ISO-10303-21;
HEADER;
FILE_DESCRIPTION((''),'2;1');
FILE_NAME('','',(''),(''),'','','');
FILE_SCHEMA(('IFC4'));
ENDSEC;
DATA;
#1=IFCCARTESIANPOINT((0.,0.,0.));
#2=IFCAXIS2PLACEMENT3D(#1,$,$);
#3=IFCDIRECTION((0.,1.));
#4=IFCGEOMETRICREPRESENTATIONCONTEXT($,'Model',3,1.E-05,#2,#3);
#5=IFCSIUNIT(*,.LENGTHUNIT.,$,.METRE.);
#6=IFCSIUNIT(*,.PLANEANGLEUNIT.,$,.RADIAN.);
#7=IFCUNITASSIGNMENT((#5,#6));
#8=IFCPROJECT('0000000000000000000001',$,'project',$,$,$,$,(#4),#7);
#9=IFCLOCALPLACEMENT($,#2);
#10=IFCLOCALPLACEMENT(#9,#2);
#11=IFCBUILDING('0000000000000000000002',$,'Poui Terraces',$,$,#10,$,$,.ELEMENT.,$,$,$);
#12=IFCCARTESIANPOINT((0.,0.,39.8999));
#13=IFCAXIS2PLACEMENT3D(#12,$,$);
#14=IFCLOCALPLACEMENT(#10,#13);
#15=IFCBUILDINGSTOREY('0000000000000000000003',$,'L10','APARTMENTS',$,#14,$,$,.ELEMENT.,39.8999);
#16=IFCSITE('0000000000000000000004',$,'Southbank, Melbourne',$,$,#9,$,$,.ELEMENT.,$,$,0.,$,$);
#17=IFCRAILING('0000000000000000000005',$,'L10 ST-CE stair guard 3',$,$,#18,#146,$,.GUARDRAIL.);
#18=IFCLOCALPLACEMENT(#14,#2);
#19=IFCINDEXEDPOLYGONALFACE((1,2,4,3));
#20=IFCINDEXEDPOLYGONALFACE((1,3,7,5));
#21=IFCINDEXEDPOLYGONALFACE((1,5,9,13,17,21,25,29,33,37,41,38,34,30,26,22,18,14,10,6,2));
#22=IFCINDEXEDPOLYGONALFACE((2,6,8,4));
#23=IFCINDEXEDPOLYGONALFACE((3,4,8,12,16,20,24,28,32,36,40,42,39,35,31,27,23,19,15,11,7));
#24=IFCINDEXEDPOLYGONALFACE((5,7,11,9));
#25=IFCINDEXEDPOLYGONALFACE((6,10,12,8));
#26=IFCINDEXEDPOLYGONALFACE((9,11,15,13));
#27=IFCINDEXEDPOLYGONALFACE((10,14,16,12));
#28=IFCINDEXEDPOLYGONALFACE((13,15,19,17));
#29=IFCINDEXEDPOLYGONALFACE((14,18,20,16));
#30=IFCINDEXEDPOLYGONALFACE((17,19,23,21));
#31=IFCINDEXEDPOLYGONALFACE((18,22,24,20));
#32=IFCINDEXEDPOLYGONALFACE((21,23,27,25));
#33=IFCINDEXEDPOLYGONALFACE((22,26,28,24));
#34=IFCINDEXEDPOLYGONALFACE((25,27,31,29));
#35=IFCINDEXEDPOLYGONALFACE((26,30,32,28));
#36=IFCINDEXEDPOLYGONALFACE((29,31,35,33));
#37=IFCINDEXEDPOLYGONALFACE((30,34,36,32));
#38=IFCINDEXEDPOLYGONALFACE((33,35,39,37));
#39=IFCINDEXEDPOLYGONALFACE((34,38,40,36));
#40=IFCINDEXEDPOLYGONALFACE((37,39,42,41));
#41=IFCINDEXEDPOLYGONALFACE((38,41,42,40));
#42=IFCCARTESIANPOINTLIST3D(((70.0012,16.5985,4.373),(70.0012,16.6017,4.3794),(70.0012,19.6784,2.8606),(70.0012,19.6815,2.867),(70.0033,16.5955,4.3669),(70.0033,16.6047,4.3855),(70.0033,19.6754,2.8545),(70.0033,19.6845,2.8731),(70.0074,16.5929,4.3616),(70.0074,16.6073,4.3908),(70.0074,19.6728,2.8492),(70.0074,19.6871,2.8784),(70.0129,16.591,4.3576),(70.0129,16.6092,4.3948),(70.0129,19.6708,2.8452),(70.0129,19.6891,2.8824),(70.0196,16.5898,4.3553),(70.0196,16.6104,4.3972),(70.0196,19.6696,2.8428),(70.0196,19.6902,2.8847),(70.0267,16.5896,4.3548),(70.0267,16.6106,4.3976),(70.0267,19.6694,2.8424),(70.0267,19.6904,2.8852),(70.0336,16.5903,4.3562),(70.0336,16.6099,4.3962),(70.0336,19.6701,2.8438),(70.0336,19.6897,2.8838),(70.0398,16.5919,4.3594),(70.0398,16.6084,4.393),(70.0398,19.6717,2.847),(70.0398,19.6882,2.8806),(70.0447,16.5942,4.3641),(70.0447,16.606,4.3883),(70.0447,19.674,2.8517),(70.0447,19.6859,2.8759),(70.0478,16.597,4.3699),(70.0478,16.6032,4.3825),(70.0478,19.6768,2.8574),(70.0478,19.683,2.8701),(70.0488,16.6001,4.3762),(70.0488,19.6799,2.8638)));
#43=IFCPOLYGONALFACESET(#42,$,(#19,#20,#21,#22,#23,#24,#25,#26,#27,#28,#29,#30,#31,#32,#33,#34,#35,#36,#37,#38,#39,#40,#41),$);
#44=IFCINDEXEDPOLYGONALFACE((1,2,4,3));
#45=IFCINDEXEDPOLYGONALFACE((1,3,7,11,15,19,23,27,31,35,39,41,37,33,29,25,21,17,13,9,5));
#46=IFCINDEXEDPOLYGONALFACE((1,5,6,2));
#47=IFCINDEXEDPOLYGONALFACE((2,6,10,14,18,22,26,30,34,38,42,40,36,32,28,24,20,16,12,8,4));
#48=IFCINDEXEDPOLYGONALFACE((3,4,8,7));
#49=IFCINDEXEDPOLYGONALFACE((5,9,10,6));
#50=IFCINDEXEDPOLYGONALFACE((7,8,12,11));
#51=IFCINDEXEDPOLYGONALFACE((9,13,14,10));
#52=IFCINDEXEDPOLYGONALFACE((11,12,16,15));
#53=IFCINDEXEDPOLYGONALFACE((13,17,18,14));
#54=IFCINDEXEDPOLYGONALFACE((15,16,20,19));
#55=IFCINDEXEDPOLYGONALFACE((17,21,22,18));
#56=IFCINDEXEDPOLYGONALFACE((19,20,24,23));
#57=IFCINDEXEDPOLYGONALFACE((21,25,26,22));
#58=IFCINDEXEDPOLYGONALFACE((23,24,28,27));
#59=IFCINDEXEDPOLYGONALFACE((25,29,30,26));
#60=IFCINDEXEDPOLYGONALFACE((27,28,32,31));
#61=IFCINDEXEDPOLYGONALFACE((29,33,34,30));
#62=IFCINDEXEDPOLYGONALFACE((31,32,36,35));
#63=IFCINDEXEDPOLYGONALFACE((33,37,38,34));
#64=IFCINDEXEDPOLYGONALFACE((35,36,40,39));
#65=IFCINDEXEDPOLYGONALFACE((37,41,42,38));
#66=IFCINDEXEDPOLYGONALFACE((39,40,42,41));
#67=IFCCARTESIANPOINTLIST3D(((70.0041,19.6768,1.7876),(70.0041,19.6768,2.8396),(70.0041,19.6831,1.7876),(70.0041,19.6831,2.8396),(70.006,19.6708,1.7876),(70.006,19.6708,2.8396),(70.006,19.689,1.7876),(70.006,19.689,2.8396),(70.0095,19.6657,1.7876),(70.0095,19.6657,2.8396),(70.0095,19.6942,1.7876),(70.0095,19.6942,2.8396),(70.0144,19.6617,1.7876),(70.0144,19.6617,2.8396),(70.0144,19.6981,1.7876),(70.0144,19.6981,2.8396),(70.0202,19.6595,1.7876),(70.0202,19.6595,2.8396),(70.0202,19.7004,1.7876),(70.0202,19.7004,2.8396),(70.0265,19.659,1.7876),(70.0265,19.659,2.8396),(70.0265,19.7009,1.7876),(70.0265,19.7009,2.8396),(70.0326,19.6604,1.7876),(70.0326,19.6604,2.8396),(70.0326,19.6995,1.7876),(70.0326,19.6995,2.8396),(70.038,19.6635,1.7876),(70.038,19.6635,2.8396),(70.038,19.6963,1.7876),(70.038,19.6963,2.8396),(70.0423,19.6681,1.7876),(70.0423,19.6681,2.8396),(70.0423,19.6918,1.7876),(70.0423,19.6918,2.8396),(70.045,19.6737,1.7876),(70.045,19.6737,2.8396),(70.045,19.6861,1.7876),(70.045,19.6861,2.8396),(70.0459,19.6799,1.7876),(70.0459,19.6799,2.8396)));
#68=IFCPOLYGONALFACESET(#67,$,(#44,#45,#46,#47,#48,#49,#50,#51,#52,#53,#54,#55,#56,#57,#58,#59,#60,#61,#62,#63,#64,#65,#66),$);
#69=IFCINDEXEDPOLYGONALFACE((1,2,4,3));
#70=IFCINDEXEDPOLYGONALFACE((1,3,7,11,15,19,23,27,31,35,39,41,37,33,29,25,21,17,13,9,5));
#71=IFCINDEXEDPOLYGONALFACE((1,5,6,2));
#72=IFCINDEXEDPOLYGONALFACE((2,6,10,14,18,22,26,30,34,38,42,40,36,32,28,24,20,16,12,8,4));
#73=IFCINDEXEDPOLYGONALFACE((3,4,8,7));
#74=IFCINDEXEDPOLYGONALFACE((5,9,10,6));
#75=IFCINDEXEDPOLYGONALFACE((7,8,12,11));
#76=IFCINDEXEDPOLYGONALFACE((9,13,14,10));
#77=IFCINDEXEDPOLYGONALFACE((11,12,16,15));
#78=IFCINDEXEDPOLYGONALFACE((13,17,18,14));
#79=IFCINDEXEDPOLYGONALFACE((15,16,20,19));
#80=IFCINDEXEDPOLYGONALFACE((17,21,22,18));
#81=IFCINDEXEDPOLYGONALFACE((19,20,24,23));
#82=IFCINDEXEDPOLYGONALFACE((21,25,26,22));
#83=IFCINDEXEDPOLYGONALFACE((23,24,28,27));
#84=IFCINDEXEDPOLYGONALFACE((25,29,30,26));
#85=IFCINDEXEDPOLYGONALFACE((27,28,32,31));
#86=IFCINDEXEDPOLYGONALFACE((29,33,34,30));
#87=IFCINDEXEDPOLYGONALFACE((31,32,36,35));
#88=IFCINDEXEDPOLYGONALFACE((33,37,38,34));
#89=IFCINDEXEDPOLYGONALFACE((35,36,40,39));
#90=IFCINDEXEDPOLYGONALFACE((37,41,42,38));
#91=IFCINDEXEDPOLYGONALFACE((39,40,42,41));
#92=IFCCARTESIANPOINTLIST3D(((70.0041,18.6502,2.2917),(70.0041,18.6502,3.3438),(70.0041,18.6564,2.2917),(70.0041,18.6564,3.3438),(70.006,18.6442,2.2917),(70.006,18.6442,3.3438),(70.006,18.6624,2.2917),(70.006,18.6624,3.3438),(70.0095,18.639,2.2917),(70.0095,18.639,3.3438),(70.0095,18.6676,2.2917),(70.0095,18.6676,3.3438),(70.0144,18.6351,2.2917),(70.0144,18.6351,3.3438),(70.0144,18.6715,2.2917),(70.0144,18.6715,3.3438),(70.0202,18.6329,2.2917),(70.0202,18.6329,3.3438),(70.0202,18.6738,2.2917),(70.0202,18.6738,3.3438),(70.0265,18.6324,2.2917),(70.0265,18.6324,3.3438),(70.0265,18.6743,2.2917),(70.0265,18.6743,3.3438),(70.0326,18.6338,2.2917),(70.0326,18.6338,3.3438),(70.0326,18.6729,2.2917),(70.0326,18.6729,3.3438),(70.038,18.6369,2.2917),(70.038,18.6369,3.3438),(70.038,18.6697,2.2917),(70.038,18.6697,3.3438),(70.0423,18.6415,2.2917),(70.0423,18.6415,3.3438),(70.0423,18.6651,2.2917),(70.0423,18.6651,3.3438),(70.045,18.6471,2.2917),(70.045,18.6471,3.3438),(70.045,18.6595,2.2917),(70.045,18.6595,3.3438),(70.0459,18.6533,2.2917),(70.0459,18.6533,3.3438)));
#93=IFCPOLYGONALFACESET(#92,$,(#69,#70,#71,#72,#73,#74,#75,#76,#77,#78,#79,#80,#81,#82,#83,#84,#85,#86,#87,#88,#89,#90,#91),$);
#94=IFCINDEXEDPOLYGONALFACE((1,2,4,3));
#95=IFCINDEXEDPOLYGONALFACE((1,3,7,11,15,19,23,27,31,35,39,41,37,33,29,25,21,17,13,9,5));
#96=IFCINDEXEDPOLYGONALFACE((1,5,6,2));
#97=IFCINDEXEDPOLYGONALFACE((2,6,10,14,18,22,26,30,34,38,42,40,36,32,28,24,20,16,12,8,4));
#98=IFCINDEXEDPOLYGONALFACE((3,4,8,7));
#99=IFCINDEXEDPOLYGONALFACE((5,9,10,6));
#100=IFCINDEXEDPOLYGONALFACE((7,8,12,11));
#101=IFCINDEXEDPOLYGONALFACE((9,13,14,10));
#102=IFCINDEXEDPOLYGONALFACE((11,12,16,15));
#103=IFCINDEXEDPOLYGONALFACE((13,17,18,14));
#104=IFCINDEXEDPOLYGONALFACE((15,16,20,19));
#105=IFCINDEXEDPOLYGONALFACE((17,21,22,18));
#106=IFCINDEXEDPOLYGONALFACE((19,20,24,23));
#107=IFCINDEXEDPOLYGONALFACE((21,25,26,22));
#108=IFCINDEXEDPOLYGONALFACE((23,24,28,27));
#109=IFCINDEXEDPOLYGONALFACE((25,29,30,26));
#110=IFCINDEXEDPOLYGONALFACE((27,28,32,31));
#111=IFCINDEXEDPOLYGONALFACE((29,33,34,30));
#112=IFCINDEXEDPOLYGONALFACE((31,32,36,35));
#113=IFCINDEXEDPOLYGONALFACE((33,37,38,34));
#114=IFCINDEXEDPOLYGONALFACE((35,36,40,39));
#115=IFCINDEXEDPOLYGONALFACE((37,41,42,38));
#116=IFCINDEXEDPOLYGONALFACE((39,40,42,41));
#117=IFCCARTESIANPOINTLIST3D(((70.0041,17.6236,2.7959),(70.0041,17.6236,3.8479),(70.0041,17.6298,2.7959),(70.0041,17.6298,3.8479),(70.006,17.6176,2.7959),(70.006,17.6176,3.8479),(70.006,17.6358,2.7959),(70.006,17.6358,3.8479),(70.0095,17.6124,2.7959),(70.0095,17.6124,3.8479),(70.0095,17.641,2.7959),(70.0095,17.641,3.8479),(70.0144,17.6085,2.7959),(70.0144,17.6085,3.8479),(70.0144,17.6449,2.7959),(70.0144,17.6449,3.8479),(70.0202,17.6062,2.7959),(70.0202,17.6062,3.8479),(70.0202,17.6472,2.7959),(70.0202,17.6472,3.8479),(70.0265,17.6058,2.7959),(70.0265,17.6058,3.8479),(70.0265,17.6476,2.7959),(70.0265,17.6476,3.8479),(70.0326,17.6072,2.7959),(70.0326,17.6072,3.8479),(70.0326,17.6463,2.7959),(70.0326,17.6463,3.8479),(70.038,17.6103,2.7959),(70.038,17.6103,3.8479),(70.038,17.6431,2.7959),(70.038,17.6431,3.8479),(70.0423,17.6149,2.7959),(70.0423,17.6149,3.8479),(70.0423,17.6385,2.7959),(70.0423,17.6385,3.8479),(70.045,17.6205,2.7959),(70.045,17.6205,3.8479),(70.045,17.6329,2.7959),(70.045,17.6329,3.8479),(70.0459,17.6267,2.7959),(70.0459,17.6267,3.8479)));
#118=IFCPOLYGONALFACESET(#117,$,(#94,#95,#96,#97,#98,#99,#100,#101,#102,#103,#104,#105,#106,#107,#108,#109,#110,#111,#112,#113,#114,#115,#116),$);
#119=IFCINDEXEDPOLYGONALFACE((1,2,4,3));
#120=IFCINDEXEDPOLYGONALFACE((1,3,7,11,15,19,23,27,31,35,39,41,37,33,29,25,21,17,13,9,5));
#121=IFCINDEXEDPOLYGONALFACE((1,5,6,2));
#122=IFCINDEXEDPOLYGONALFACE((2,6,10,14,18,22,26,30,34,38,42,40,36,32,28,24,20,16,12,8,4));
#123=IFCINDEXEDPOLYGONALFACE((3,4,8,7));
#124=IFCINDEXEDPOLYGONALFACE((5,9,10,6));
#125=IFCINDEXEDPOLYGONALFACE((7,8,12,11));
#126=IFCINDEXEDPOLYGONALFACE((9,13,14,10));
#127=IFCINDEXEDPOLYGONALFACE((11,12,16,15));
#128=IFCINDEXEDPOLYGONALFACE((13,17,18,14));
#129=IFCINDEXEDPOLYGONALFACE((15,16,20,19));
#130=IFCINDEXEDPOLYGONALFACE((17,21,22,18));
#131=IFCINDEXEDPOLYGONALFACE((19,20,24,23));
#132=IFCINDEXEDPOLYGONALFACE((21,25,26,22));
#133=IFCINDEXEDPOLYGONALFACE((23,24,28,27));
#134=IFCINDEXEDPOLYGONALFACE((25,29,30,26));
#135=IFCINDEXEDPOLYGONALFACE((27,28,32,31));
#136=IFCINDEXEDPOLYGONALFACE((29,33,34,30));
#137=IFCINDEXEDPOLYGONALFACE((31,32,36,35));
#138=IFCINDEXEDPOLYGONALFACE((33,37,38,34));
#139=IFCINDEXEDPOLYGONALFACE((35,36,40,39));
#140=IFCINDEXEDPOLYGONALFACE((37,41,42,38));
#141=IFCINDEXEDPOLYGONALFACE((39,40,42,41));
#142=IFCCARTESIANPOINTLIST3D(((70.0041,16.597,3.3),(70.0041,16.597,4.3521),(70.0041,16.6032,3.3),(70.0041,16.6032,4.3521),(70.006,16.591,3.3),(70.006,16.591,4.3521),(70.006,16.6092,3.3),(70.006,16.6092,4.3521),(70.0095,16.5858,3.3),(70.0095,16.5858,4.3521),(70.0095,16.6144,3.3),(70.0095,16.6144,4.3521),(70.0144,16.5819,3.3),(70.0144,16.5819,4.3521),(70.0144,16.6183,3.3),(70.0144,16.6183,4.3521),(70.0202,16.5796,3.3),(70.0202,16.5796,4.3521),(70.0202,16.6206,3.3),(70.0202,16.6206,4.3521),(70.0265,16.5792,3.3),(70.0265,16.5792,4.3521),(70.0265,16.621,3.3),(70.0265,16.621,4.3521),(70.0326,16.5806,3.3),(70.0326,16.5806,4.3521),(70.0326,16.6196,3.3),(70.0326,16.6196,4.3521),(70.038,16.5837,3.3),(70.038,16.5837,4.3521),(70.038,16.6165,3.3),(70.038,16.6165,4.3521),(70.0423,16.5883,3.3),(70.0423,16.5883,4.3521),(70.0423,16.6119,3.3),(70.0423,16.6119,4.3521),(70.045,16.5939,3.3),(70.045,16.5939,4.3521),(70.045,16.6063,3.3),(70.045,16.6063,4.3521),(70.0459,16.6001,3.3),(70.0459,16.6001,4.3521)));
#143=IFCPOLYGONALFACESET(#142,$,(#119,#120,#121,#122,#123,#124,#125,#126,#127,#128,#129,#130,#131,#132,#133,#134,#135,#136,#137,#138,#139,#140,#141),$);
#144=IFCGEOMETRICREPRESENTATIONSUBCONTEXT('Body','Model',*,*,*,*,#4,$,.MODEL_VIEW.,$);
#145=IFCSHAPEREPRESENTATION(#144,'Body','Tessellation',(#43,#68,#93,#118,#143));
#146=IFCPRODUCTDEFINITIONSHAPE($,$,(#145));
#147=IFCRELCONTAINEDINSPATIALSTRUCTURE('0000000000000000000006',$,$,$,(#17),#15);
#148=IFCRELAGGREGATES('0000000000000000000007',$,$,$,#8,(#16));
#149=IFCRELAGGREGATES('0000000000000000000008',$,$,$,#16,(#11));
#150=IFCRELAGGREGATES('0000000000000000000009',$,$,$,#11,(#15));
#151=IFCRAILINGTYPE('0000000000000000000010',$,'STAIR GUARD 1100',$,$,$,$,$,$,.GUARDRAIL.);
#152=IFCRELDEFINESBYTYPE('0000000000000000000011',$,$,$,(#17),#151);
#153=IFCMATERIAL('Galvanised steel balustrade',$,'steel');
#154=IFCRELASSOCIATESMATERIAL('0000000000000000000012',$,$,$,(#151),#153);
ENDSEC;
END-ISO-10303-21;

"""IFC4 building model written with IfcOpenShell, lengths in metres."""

from ifc_helpers import new_model, si_unit, direction, frame, origin, origin_2d, place, context, subcontext, project, spatial, circle, extrude, material, type_object, element, save


model = new_model("IFC4")

# Units and contexts
model_context = context("Model", 3, precision=1e-05, world=origin(), true_north=direction((0.0, 1.0)))
body_context = subcontext(model_context, "Body", "Model", "MODEL_VIEW")
ifc_project = project(units=[si_unit("LENGTHUNIT", "METRE"), si_unit("PLANEANGLEUNIT", "RADIAN")], contexts=[model_context])

# Site, building, storey
site_placement = place(None, origin())
site = spatial("IfcSite", under=ifc_project, at=site_placement, Name="Southbank, Melbourne", CompositionType="ELEMENT", RefElevation=0.0)
building_placement = place(site_placement, origin())
building = spatial("IfcBuilding", under=site, at=building_placement, Name="Poui Terraces", CompositionType="ELEMENT")
storey_placement = place(building_placement, frame((0.0, 0.0, 39.8999)))
storey = spatial("IfcBuildingStorey", under=building, at=storey_placement, Name="L10", Description="APARTMENTS", CompositionType="ELEMENT", Elevation=39.8999)

# Railing
ifc_material_1 = material(Name="Galvanised steel balustrade", Category="steel")
railing_type_1 = type_object("IfcRailingType", Name="STAIR GUARD 1100", PredefinedType="GUARDRAIL", material=ifc_material_1)
railing_1_placement = place(storey_placement, frame((70.0249, 19.6799, 1.7876)))
element("IfcRailing", 1, at=railing_1_placement, inside=storey, type_object=railing_type_1, Name="L10 ST-CE stair guard 3", PredefinedType="GUARDRAIL", context=body_context, shape_type="SweptSolid", body=[
    extrude(circle(Radius=0.0239, at=origin_2d()), frame((0.0, 0.0, 1.0762), z_axis=(0.0, -0.897606, 0.440798), x_axis=(1.0, 0.0, 0.0)), (0.0, 0.0, 1.0), 3.4312),
    extrude(circle(Radius=0.021, at=origin_2d()), origin(), (0.0, 0.0, 1.0), 1.052),
    extrude(circle(Radius=0.021, at=origin_2d()), frame((0.0, -1.0266, 0.5042)), (0.0, 0.0, 1.0), 1.052),
    extrude(circle(Radius=0.021, at=origin_2d()), frame((0.0, -2.0532, 1.0083)), (0.0, 0.0, 1.0), 1.052),
    extrude(circle(Radius=0.021, at=origin_2d()), frame((0.0, -3.0798, 1.5125)), (0.0, 0.0, 1.0), 1.052),
])

save(model, "model.ifc")
